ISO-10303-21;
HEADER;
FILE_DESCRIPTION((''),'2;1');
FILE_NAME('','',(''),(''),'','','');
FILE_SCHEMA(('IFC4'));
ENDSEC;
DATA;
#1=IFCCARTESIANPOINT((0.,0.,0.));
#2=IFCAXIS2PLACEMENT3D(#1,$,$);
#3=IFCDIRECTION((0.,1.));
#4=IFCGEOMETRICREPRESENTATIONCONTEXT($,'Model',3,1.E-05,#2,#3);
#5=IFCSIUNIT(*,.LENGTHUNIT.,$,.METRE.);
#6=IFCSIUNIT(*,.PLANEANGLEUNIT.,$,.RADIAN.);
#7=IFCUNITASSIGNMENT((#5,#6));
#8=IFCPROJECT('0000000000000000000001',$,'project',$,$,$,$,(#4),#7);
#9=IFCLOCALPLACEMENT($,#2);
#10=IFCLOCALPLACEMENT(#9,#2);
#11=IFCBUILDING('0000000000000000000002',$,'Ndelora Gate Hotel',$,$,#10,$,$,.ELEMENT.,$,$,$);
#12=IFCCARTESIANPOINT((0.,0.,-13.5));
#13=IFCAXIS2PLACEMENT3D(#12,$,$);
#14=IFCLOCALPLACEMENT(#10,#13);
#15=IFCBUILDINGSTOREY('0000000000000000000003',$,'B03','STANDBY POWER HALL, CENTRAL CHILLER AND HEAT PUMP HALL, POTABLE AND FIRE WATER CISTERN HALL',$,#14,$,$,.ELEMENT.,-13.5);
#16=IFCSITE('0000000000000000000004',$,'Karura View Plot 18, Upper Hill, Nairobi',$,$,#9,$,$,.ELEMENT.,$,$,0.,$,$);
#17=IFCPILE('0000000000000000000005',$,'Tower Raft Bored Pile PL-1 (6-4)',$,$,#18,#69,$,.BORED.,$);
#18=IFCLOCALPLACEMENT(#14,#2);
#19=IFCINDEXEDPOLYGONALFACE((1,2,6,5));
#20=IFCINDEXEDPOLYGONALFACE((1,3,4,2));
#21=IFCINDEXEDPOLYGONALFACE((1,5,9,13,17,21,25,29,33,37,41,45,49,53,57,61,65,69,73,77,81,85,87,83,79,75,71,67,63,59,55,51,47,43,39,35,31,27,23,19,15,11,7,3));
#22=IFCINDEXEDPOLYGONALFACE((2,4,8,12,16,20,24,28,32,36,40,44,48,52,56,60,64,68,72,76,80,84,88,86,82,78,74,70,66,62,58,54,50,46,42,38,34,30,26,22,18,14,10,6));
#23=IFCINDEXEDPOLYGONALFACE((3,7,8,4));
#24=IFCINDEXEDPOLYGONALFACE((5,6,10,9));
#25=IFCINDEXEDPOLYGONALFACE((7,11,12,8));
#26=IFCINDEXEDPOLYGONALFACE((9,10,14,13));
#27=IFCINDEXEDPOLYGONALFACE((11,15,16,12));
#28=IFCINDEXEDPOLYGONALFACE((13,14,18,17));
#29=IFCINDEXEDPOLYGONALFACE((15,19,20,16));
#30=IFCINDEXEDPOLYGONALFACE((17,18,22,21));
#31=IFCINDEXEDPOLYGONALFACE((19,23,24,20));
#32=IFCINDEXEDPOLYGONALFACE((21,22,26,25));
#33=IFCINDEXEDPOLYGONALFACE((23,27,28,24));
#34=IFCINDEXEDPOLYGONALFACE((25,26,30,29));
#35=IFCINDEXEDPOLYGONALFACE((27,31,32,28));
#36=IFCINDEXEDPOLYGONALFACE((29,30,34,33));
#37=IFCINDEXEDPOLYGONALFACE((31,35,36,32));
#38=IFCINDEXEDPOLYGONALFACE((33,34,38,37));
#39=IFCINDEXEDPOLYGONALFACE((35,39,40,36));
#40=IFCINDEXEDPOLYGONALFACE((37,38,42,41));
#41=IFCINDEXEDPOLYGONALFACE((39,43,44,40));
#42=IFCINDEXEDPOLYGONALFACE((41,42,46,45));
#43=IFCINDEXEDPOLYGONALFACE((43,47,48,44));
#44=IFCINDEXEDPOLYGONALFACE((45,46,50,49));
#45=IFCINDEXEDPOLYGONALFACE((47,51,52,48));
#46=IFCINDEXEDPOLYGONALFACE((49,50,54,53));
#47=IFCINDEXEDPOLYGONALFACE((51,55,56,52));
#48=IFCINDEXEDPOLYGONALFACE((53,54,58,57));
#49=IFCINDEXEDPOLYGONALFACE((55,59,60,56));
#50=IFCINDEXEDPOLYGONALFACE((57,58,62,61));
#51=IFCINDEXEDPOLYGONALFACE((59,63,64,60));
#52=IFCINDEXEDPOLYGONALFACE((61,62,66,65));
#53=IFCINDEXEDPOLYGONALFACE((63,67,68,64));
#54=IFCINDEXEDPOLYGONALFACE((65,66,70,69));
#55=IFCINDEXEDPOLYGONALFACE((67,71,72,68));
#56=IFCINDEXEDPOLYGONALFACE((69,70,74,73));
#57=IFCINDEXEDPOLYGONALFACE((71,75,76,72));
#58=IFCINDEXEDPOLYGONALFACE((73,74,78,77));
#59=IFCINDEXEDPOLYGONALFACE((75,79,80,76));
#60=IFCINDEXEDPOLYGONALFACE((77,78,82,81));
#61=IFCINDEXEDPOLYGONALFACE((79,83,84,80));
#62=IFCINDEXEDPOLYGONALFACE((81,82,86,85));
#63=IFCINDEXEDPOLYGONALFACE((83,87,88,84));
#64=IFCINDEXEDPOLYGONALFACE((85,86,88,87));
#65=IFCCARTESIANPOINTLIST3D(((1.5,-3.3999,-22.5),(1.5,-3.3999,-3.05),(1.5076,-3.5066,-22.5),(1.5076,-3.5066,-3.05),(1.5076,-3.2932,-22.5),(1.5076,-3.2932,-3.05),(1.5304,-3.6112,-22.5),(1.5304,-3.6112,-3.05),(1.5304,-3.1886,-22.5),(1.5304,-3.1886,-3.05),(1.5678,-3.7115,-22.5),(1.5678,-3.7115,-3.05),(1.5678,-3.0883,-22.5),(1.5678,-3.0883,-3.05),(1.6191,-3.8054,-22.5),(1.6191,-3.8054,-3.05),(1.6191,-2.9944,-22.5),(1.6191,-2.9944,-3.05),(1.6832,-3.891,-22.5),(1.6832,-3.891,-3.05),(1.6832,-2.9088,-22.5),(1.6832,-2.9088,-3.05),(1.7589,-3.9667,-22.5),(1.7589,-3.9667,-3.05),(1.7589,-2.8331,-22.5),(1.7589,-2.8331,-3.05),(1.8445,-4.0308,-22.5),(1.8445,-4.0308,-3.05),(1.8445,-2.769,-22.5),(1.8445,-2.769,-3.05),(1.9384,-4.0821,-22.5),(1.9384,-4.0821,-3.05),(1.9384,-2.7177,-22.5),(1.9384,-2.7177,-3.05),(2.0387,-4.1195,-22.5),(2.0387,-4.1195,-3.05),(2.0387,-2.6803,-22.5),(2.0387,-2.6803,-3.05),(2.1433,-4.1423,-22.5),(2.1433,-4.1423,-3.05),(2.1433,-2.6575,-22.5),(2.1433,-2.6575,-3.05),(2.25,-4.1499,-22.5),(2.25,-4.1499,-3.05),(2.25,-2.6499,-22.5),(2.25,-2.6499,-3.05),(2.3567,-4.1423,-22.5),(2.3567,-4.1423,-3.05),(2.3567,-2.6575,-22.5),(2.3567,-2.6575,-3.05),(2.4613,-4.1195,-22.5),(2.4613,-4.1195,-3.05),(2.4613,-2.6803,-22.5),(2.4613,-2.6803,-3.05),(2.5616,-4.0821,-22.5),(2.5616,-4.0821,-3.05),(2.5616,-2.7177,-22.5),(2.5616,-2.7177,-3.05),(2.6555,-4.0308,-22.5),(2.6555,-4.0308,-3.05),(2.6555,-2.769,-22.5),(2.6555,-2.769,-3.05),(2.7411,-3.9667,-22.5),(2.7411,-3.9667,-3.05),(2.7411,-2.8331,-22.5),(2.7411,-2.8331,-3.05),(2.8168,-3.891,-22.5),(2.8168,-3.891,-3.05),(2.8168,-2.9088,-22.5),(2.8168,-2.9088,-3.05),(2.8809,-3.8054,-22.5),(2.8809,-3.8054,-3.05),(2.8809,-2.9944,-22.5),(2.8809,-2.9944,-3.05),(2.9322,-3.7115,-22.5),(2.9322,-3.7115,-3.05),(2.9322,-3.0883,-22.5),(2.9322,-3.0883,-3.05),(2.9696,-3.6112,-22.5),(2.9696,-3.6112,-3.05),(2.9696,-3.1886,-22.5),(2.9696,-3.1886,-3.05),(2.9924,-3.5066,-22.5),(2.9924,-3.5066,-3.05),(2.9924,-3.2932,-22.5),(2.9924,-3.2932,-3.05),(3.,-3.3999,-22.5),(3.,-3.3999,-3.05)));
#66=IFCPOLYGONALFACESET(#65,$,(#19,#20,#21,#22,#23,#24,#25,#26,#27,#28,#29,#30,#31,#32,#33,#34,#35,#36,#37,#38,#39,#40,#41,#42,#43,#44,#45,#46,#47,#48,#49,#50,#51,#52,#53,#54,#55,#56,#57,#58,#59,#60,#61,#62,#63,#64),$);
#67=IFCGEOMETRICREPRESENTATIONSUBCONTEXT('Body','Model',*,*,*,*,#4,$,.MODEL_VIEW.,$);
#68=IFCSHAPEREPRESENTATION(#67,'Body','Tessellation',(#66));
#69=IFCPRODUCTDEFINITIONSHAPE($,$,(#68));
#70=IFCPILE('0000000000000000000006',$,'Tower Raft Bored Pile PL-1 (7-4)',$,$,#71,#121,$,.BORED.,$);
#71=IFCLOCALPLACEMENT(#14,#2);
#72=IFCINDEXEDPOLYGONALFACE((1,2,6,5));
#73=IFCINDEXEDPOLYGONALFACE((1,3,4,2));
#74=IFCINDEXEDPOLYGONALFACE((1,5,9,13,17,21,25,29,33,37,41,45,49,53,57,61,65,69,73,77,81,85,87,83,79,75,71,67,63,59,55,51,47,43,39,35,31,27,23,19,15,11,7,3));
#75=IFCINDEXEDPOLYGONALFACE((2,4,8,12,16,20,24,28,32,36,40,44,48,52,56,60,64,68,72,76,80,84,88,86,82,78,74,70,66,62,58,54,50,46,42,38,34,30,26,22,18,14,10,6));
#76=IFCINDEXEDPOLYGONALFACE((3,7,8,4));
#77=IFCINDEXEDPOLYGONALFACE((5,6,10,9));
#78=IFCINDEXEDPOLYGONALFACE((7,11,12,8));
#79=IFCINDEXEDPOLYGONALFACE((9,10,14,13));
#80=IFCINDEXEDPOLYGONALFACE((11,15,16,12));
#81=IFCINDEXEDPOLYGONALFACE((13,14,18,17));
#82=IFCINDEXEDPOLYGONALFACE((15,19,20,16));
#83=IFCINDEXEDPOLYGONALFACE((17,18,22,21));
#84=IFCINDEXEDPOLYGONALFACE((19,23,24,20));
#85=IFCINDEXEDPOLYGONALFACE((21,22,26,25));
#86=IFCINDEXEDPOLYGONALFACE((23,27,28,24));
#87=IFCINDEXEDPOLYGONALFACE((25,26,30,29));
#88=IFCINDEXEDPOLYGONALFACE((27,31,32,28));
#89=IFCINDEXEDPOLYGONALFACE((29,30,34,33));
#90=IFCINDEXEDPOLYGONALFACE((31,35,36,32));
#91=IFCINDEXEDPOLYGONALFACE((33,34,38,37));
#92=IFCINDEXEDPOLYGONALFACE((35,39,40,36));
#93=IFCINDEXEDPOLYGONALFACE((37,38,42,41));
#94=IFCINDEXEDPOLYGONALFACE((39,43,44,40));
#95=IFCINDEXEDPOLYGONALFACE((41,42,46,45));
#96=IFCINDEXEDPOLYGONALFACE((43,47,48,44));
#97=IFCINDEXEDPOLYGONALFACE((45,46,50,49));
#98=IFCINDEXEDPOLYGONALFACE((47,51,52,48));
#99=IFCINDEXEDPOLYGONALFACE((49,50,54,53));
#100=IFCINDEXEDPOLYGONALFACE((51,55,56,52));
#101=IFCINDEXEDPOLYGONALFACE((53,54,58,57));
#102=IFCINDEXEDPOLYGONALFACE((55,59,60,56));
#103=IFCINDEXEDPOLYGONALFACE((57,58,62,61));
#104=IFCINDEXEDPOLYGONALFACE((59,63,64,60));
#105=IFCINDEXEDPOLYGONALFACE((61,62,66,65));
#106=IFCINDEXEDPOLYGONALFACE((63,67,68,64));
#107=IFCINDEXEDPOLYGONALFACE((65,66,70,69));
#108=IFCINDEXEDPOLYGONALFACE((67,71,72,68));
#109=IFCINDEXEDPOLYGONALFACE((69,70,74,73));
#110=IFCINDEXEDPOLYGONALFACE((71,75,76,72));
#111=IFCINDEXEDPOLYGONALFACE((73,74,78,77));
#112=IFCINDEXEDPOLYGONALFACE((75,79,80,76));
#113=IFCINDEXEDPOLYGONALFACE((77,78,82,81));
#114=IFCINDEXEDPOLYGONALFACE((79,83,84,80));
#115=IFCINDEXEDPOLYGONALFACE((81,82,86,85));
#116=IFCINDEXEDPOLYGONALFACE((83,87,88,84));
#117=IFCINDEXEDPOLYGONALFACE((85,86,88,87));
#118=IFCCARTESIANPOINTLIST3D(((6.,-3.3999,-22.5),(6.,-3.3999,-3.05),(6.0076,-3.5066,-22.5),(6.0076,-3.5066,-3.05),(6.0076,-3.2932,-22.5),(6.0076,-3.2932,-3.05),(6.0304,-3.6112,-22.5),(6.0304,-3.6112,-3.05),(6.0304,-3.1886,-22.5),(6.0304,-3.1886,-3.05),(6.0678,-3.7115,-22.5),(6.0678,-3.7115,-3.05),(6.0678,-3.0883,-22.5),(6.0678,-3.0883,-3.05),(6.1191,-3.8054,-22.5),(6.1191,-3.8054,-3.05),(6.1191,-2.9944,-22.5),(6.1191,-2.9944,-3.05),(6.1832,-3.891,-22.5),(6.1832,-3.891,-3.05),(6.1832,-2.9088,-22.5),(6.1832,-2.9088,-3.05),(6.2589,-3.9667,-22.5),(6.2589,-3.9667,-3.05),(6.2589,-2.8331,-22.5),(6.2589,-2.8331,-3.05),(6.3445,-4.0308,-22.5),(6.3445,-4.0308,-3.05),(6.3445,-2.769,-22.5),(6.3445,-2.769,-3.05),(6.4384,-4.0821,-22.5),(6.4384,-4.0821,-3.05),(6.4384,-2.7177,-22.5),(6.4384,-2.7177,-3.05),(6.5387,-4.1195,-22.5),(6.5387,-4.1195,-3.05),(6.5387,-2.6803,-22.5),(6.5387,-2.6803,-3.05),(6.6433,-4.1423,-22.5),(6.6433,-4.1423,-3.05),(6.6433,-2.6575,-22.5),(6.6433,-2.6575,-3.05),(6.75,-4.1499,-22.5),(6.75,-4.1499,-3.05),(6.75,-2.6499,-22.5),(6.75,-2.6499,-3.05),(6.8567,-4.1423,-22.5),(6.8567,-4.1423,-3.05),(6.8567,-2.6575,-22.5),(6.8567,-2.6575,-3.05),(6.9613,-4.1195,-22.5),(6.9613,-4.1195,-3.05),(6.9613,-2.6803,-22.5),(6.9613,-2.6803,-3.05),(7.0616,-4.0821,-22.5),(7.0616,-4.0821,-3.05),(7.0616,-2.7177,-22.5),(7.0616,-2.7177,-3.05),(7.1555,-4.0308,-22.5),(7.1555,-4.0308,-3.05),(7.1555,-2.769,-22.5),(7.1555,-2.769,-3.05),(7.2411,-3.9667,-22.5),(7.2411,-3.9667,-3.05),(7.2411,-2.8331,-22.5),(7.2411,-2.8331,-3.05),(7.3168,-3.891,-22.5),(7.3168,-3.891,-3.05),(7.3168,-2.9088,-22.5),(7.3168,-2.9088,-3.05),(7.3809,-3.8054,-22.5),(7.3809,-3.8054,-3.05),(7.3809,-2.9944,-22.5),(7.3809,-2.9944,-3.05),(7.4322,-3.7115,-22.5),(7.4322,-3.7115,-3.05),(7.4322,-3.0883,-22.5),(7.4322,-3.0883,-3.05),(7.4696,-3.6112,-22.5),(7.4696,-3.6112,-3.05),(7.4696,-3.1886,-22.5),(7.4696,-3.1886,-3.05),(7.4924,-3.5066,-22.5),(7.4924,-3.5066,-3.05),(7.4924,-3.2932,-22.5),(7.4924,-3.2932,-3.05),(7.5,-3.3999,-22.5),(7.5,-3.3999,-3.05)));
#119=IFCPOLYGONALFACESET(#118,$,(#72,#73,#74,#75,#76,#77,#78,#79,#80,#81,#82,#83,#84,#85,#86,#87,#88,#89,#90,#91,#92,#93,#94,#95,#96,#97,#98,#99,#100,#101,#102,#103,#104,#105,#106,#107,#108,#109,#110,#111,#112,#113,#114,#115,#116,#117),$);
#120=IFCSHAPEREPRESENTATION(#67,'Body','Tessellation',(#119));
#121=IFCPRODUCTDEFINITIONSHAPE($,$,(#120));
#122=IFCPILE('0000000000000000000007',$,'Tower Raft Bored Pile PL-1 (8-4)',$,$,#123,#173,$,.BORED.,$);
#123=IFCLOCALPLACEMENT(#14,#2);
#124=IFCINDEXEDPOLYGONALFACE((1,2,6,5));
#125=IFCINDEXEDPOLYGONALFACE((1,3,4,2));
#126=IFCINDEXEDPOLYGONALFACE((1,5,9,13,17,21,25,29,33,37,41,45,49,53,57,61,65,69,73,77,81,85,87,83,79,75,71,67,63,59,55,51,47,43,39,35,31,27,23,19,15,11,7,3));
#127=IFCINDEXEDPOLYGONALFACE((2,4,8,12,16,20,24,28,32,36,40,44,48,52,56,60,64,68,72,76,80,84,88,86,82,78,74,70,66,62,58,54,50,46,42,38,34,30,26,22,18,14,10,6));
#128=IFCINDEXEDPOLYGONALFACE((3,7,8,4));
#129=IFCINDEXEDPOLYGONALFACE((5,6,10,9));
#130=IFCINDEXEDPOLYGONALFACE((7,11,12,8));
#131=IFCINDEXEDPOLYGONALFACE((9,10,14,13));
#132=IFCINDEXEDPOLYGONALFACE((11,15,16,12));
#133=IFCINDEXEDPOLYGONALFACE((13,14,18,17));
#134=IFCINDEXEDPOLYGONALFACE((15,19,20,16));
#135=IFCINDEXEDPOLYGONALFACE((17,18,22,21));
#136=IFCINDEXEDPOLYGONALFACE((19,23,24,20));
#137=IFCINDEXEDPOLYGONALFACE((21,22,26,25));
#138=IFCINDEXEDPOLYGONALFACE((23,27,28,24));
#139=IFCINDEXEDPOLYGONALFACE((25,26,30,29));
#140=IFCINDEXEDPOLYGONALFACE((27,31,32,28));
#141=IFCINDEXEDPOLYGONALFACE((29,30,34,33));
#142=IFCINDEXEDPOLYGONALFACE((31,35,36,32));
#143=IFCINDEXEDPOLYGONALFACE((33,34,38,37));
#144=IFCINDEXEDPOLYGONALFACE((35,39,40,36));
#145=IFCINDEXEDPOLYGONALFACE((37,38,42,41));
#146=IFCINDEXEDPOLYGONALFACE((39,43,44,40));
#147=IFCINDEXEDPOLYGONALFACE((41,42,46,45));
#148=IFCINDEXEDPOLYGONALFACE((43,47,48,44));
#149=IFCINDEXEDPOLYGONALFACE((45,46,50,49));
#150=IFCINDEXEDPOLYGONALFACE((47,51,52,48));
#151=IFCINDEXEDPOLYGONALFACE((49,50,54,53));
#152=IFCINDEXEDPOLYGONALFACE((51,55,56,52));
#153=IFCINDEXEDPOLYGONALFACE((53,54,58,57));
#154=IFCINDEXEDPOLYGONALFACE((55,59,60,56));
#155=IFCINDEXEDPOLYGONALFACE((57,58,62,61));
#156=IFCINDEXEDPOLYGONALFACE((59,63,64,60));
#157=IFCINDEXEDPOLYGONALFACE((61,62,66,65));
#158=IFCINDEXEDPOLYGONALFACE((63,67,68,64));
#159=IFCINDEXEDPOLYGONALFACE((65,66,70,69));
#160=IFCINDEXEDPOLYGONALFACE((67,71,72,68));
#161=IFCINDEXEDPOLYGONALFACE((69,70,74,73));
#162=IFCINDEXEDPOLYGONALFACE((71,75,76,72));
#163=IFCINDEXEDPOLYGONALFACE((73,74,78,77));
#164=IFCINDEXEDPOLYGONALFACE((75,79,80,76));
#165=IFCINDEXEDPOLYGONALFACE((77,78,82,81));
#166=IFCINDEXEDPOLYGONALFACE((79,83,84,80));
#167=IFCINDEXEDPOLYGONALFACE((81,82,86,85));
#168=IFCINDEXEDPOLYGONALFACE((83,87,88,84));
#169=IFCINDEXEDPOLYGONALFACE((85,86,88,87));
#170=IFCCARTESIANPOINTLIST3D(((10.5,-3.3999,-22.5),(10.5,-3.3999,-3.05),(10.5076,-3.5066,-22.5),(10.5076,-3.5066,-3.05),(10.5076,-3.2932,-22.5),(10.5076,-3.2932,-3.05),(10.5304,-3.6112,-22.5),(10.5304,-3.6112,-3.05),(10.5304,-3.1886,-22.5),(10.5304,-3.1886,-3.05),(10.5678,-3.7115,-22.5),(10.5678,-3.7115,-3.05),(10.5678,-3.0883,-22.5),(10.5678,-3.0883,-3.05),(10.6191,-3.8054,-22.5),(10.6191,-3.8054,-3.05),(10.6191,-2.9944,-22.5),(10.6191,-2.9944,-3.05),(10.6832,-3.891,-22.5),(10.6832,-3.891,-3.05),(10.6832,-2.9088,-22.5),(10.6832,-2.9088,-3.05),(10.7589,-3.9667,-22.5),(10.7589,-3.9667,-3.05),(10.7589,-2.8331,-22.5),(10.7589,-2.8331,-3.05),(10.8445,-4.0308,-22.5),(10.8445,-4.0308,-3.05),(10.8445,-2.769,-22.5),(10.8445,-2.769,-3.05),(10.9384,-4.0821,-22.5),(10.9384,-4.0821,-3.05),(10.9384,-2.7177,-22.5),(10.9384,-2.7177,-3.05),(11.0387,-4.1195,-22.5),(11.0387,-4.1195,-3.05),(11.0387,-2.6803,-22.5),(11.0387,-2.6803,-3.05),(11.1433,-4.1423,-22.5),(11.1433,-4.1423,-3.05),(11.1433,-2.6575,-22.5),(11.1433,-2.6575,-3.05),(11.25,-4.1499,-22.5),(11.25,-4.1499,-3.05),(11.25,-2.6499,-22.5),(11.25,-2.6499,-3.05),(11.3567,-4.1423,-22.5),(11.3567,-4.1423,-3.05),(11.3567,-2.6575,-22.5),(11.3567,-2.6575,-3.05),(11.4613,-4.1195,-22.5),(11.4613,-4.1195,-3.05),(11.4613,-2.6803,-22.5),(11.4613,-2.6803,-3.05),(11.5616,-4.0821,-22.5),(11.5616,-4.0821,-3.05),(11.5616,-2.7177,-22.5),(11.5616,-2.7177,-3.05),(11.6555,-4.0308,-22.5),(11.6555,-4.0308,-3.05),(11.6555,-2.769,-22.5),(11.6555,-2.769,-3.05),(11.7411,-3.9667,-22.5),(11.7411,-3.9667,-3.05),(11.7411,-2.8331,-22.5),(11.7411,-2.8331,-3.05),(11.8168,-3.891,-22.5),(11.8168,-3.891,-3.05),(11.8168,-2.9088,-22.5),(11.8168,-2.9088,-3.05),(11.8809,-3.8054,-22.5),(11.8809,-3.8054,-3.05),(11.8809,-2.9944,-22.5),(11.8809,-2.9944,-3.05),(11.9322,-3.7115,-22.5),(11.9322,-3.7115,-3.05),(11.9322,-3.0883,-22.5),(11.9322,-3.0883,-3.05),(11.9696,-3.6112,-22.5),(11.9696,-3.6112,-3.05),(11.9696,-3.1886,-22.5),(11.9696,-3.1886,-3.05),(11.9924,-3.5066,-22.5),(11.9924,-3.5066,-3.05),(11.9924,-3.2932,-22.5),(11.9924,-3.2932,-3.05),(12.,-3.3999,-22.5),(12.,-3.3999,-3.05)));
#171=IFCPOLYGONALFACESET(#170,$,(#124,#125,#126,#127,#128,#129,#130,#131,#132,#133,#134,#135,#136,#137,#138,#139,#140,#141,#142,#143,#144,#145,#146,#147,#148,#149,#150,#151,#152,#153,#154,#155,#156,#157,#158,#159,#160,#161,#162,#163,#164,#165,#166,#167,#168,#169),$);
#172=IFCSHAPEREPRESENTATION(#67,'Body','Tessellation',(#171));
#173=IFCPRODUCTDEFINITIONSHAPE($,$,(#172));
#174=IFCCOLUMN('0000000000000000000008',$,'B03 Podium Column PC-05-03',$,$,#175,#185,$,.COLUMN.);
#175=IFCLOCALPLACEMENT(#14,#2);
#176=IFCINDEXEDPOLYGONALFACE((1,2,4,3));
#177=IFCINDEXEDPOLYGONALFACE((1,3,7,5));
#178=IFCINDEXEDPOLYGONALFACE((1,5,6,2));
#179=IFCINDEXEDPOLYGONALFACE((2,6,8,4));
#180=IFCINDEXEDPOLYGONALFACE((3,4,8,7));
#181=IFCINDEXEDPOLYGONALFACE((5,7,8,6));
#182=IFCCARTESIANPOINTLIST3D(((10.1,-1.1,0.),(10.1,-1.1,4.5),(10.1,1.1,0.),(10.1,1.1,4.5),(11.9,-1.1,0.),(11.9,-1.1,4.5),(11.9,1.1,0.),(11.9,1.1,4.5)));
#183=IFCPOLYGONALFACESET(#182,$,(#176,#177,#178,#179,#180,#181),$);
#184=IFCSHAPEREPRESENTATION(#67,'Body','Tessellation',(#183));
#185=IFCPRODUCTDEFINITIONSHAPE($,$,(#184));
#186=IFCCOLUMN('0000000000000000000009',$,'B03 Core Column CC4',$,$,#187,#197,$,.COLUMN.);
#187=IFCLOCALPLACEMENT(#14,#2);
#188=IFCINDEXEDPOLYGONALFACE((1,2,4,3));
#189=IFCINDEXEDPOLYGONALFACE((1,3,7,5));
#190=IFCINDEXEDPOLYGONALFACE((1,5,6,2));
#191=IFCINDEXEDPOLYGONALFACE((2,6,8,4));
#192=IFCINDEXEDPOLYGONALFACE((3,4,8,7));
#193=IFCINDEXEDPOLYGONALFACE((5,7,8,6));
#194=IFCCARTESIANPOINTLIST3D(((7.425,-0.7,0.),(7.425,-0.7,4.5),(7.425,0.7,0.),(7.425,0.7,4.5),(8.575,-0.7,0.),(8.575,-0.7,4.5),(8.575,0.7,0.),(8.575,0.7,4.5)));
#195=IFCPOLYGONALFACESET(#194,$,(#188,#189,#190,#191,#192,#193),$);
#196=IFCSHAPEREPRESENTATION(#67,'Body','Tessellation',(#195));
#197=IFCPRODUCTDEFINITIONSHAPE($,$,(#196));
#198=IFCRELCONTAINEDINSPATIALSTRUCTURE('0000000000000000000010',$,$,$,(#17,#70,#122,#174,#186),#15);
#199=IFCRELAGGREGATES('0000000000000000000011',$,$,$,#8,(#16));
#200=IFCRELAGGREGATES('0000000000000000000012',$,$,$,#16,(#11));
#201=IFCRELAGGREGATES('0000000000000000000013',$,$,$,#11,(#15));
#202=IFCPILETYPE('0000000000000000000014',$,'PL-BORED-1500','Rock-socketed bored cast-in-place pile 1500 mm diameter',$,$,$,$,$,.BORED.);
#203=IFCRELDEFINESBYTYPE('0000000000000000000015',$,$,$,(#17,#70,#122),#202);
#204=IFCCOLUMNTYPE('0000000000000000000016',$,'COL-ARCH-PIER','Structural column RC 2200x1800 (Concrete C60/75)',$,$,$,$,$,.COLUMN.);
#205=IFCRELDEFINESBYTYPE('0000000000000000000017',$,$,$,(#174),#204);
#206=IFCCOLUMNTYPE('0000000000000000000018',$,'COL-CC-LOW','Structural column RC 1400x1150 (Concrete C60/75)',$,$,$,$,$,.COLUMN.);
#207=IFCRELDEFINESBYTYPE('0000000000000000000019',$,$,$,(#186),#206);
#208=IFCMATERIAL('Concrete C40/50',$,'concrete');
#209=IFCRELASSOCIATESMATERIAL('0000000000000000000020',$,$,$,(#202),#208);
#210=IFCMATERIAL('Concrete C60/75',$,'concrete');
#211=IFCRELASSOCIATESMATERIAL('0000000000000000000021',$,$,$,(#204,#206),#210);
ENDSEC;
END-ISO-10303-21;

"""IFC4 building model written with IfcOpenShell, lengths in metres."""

from ifc_helpers import new_model, si_unit, direction, frame, origin, origin_2d, place, context, subcontext, project, spatial, rectangle, circle, extrude, material, material_profile, profile_set, type_object, element, save


model = new_model("IFC4")

# Units and contexts
model_context = context("Model", 3, precision=1e-05, world=origin(), true_north=direction((0.0, 1.0)))
body_context = subcontext(model_context, "Body", "Model", "MODEL_VIEW")
ifc_project = project(units=[si_unit("LENGTHUNIT", "METRE"), si_unit("PLANEANGLEUNIT", "RADIAN")], contexts=[model_context])

# Site, building, storey
site_placement = place(None, origin())
site = spatial("IfcSite", under=ifc_project, at=site_placement, Name="Karura View Plot 18, Upper Hill, Nairobi", CompositionType="ELEMENT", RefElevation=0.0)
building_placement = place(site_placement, origin())
building = spatial("IfcBuilding", under=site, at=building_placement, Name="Ndelora Gate Hotel", CompositionType="ELEMENT")
storey_placement = place(building_placement, frame((0.0, 0.0, -13.5)))
storey = spatial("IfcBuildingStorey", under=building, at=storey_placement, Name="B03", Description="STANDBY POWER HALL, CENTRAL CHILLER AND HEAT PUMP HALL, POTABLE AND FIRE WATER CISTERN HALL", CompositionType="ELEMENT", Elevation=-13.5)

# Piles
ifc_material_1 = material(Name="Concrete C40/50", Category="concrete")
ifc_material_profile_1 = material_profile(ifc_material_1, circle(Radius=0.75, at=origin_2d()), Name="PILE D1500")
ifc_profile_set_1 = profile_set([ifc_material_profile_1], Name="Concrete C40/50")
pile_type = type_object("IfcPileType", Name="PL-BORED-1500", Description="Rock-socketed bored cast-in-place pile 1500 mm diameter", PredefinedType="BORED", material=ifc_profile_set_1)
for number, where, z_axis, x_axis, name in (
    (1, (2.25, -3.3999, -3.05), (0.0, 0.0, -1.0), (1.0, 0.0, 0.0), "Tower Raft Bored Pile PL-1 (6-4)"),
    (2, (6.75, -3.3999, -3.05), (0.0, 0.0, -1.0), (1.0, 0.0, 0.0), "Tower Raft Bored Pile PL-1 (7-4)"),
    (3, (11.25, -3.3999, -3.05), (0.0, 0.0, -1.0), (1.0, 0.0, 0.0), "Tower Raft Bored Pile PL-1 (8-4)"),
):
    element("IfcPile", number, at=place(storey_placement, frame(where, z_axis=z_axis, x_axis=x_axis)), inside=storey, type_object=pile_type, Name=name, PredefinedType="BORED", context=body_context, shape_type="SweptSolid", body=[
        extrude(circle(Radius=0.75, at=origin_2d()), origin(), (0.0, 0.0, 1.0), 19.45),
    ])

# Columns
ifc_material_2 = material(Name="Concrete C60/75", Category="concrete")
ifc_material_profile_2 = material_profile(ifc_material_2, rectangle(XDim=1.8, YDim=2.2, at=origin_2d()), Name="RC 2200x1800")
ifc_profile_set_2 = profile_set([ifc_material_profile_2], Name="Concrete C60/75")
column_type_1 = type_object("IfcColumnType", Name="COL-ARCH-PIER", Description="Structural column RC 2200x1800 (Concrete C60/75)", PredefinedType="COLUMN", material=ifc_profile_set_2)
column_1_placement = place(storey_placement, frame((11.0, 0.0, 0.0), z_axis=(0.0, 0.0, 1.0), x_axis=(1.0, 0.0, 0.0)))
element("IfcColumn", 4, at=column_1_placement, inside=storey, type_object=column_type_1, Name="B03 Podium Column PC-05-03", PredefinedType="COLUMN", context=body_context, shape_type="SweptSolid", body=[
    extrude(rectangle(XDim=1.8, YDim=2.2, at=origin_2d()), origin(), (0.0, 0.0, 1.0), 4.5),
])
ifc_material_profile_3 = material_profile(ifc_material_2, rectangle(XDim=1.1499, YDim=1.3999, at=origin_2d()), Name="RC 1400x1150")
ifc_profile_set_3 = profile_set([ifc_material_profile_3], Name="Concrete C60/75")
column_type_2 = type_object("IfcColumnType", Name="COL-CC-LOW", Description="Structural column RC 1400x1150 (Concrete C60/75)", PredefinedType="COLUMN", material=ifc_profile_set_3)
column_2_placement = place(storey_placement, frame((8.0, 0.0, 0.0), z_axis=(0.0, 0.0, 1.0), x_axis=(1.0, 0.0, 0.0)))
element("IfcColumn", 5, at=column_2_placement, inside=storey, type_object=column_type_2, Name="B03 Core Column CC4", PredefinedType="COLUMN", context=body_context, shape_type="SweptSolid", body=[
    extrude(rectangle(XDim=1.1499, YDim=1.3999, at=origin_2d()), origin(), (0.0, 0.0, 1.0), 4.5),
])

save(model, "model.ifc")
